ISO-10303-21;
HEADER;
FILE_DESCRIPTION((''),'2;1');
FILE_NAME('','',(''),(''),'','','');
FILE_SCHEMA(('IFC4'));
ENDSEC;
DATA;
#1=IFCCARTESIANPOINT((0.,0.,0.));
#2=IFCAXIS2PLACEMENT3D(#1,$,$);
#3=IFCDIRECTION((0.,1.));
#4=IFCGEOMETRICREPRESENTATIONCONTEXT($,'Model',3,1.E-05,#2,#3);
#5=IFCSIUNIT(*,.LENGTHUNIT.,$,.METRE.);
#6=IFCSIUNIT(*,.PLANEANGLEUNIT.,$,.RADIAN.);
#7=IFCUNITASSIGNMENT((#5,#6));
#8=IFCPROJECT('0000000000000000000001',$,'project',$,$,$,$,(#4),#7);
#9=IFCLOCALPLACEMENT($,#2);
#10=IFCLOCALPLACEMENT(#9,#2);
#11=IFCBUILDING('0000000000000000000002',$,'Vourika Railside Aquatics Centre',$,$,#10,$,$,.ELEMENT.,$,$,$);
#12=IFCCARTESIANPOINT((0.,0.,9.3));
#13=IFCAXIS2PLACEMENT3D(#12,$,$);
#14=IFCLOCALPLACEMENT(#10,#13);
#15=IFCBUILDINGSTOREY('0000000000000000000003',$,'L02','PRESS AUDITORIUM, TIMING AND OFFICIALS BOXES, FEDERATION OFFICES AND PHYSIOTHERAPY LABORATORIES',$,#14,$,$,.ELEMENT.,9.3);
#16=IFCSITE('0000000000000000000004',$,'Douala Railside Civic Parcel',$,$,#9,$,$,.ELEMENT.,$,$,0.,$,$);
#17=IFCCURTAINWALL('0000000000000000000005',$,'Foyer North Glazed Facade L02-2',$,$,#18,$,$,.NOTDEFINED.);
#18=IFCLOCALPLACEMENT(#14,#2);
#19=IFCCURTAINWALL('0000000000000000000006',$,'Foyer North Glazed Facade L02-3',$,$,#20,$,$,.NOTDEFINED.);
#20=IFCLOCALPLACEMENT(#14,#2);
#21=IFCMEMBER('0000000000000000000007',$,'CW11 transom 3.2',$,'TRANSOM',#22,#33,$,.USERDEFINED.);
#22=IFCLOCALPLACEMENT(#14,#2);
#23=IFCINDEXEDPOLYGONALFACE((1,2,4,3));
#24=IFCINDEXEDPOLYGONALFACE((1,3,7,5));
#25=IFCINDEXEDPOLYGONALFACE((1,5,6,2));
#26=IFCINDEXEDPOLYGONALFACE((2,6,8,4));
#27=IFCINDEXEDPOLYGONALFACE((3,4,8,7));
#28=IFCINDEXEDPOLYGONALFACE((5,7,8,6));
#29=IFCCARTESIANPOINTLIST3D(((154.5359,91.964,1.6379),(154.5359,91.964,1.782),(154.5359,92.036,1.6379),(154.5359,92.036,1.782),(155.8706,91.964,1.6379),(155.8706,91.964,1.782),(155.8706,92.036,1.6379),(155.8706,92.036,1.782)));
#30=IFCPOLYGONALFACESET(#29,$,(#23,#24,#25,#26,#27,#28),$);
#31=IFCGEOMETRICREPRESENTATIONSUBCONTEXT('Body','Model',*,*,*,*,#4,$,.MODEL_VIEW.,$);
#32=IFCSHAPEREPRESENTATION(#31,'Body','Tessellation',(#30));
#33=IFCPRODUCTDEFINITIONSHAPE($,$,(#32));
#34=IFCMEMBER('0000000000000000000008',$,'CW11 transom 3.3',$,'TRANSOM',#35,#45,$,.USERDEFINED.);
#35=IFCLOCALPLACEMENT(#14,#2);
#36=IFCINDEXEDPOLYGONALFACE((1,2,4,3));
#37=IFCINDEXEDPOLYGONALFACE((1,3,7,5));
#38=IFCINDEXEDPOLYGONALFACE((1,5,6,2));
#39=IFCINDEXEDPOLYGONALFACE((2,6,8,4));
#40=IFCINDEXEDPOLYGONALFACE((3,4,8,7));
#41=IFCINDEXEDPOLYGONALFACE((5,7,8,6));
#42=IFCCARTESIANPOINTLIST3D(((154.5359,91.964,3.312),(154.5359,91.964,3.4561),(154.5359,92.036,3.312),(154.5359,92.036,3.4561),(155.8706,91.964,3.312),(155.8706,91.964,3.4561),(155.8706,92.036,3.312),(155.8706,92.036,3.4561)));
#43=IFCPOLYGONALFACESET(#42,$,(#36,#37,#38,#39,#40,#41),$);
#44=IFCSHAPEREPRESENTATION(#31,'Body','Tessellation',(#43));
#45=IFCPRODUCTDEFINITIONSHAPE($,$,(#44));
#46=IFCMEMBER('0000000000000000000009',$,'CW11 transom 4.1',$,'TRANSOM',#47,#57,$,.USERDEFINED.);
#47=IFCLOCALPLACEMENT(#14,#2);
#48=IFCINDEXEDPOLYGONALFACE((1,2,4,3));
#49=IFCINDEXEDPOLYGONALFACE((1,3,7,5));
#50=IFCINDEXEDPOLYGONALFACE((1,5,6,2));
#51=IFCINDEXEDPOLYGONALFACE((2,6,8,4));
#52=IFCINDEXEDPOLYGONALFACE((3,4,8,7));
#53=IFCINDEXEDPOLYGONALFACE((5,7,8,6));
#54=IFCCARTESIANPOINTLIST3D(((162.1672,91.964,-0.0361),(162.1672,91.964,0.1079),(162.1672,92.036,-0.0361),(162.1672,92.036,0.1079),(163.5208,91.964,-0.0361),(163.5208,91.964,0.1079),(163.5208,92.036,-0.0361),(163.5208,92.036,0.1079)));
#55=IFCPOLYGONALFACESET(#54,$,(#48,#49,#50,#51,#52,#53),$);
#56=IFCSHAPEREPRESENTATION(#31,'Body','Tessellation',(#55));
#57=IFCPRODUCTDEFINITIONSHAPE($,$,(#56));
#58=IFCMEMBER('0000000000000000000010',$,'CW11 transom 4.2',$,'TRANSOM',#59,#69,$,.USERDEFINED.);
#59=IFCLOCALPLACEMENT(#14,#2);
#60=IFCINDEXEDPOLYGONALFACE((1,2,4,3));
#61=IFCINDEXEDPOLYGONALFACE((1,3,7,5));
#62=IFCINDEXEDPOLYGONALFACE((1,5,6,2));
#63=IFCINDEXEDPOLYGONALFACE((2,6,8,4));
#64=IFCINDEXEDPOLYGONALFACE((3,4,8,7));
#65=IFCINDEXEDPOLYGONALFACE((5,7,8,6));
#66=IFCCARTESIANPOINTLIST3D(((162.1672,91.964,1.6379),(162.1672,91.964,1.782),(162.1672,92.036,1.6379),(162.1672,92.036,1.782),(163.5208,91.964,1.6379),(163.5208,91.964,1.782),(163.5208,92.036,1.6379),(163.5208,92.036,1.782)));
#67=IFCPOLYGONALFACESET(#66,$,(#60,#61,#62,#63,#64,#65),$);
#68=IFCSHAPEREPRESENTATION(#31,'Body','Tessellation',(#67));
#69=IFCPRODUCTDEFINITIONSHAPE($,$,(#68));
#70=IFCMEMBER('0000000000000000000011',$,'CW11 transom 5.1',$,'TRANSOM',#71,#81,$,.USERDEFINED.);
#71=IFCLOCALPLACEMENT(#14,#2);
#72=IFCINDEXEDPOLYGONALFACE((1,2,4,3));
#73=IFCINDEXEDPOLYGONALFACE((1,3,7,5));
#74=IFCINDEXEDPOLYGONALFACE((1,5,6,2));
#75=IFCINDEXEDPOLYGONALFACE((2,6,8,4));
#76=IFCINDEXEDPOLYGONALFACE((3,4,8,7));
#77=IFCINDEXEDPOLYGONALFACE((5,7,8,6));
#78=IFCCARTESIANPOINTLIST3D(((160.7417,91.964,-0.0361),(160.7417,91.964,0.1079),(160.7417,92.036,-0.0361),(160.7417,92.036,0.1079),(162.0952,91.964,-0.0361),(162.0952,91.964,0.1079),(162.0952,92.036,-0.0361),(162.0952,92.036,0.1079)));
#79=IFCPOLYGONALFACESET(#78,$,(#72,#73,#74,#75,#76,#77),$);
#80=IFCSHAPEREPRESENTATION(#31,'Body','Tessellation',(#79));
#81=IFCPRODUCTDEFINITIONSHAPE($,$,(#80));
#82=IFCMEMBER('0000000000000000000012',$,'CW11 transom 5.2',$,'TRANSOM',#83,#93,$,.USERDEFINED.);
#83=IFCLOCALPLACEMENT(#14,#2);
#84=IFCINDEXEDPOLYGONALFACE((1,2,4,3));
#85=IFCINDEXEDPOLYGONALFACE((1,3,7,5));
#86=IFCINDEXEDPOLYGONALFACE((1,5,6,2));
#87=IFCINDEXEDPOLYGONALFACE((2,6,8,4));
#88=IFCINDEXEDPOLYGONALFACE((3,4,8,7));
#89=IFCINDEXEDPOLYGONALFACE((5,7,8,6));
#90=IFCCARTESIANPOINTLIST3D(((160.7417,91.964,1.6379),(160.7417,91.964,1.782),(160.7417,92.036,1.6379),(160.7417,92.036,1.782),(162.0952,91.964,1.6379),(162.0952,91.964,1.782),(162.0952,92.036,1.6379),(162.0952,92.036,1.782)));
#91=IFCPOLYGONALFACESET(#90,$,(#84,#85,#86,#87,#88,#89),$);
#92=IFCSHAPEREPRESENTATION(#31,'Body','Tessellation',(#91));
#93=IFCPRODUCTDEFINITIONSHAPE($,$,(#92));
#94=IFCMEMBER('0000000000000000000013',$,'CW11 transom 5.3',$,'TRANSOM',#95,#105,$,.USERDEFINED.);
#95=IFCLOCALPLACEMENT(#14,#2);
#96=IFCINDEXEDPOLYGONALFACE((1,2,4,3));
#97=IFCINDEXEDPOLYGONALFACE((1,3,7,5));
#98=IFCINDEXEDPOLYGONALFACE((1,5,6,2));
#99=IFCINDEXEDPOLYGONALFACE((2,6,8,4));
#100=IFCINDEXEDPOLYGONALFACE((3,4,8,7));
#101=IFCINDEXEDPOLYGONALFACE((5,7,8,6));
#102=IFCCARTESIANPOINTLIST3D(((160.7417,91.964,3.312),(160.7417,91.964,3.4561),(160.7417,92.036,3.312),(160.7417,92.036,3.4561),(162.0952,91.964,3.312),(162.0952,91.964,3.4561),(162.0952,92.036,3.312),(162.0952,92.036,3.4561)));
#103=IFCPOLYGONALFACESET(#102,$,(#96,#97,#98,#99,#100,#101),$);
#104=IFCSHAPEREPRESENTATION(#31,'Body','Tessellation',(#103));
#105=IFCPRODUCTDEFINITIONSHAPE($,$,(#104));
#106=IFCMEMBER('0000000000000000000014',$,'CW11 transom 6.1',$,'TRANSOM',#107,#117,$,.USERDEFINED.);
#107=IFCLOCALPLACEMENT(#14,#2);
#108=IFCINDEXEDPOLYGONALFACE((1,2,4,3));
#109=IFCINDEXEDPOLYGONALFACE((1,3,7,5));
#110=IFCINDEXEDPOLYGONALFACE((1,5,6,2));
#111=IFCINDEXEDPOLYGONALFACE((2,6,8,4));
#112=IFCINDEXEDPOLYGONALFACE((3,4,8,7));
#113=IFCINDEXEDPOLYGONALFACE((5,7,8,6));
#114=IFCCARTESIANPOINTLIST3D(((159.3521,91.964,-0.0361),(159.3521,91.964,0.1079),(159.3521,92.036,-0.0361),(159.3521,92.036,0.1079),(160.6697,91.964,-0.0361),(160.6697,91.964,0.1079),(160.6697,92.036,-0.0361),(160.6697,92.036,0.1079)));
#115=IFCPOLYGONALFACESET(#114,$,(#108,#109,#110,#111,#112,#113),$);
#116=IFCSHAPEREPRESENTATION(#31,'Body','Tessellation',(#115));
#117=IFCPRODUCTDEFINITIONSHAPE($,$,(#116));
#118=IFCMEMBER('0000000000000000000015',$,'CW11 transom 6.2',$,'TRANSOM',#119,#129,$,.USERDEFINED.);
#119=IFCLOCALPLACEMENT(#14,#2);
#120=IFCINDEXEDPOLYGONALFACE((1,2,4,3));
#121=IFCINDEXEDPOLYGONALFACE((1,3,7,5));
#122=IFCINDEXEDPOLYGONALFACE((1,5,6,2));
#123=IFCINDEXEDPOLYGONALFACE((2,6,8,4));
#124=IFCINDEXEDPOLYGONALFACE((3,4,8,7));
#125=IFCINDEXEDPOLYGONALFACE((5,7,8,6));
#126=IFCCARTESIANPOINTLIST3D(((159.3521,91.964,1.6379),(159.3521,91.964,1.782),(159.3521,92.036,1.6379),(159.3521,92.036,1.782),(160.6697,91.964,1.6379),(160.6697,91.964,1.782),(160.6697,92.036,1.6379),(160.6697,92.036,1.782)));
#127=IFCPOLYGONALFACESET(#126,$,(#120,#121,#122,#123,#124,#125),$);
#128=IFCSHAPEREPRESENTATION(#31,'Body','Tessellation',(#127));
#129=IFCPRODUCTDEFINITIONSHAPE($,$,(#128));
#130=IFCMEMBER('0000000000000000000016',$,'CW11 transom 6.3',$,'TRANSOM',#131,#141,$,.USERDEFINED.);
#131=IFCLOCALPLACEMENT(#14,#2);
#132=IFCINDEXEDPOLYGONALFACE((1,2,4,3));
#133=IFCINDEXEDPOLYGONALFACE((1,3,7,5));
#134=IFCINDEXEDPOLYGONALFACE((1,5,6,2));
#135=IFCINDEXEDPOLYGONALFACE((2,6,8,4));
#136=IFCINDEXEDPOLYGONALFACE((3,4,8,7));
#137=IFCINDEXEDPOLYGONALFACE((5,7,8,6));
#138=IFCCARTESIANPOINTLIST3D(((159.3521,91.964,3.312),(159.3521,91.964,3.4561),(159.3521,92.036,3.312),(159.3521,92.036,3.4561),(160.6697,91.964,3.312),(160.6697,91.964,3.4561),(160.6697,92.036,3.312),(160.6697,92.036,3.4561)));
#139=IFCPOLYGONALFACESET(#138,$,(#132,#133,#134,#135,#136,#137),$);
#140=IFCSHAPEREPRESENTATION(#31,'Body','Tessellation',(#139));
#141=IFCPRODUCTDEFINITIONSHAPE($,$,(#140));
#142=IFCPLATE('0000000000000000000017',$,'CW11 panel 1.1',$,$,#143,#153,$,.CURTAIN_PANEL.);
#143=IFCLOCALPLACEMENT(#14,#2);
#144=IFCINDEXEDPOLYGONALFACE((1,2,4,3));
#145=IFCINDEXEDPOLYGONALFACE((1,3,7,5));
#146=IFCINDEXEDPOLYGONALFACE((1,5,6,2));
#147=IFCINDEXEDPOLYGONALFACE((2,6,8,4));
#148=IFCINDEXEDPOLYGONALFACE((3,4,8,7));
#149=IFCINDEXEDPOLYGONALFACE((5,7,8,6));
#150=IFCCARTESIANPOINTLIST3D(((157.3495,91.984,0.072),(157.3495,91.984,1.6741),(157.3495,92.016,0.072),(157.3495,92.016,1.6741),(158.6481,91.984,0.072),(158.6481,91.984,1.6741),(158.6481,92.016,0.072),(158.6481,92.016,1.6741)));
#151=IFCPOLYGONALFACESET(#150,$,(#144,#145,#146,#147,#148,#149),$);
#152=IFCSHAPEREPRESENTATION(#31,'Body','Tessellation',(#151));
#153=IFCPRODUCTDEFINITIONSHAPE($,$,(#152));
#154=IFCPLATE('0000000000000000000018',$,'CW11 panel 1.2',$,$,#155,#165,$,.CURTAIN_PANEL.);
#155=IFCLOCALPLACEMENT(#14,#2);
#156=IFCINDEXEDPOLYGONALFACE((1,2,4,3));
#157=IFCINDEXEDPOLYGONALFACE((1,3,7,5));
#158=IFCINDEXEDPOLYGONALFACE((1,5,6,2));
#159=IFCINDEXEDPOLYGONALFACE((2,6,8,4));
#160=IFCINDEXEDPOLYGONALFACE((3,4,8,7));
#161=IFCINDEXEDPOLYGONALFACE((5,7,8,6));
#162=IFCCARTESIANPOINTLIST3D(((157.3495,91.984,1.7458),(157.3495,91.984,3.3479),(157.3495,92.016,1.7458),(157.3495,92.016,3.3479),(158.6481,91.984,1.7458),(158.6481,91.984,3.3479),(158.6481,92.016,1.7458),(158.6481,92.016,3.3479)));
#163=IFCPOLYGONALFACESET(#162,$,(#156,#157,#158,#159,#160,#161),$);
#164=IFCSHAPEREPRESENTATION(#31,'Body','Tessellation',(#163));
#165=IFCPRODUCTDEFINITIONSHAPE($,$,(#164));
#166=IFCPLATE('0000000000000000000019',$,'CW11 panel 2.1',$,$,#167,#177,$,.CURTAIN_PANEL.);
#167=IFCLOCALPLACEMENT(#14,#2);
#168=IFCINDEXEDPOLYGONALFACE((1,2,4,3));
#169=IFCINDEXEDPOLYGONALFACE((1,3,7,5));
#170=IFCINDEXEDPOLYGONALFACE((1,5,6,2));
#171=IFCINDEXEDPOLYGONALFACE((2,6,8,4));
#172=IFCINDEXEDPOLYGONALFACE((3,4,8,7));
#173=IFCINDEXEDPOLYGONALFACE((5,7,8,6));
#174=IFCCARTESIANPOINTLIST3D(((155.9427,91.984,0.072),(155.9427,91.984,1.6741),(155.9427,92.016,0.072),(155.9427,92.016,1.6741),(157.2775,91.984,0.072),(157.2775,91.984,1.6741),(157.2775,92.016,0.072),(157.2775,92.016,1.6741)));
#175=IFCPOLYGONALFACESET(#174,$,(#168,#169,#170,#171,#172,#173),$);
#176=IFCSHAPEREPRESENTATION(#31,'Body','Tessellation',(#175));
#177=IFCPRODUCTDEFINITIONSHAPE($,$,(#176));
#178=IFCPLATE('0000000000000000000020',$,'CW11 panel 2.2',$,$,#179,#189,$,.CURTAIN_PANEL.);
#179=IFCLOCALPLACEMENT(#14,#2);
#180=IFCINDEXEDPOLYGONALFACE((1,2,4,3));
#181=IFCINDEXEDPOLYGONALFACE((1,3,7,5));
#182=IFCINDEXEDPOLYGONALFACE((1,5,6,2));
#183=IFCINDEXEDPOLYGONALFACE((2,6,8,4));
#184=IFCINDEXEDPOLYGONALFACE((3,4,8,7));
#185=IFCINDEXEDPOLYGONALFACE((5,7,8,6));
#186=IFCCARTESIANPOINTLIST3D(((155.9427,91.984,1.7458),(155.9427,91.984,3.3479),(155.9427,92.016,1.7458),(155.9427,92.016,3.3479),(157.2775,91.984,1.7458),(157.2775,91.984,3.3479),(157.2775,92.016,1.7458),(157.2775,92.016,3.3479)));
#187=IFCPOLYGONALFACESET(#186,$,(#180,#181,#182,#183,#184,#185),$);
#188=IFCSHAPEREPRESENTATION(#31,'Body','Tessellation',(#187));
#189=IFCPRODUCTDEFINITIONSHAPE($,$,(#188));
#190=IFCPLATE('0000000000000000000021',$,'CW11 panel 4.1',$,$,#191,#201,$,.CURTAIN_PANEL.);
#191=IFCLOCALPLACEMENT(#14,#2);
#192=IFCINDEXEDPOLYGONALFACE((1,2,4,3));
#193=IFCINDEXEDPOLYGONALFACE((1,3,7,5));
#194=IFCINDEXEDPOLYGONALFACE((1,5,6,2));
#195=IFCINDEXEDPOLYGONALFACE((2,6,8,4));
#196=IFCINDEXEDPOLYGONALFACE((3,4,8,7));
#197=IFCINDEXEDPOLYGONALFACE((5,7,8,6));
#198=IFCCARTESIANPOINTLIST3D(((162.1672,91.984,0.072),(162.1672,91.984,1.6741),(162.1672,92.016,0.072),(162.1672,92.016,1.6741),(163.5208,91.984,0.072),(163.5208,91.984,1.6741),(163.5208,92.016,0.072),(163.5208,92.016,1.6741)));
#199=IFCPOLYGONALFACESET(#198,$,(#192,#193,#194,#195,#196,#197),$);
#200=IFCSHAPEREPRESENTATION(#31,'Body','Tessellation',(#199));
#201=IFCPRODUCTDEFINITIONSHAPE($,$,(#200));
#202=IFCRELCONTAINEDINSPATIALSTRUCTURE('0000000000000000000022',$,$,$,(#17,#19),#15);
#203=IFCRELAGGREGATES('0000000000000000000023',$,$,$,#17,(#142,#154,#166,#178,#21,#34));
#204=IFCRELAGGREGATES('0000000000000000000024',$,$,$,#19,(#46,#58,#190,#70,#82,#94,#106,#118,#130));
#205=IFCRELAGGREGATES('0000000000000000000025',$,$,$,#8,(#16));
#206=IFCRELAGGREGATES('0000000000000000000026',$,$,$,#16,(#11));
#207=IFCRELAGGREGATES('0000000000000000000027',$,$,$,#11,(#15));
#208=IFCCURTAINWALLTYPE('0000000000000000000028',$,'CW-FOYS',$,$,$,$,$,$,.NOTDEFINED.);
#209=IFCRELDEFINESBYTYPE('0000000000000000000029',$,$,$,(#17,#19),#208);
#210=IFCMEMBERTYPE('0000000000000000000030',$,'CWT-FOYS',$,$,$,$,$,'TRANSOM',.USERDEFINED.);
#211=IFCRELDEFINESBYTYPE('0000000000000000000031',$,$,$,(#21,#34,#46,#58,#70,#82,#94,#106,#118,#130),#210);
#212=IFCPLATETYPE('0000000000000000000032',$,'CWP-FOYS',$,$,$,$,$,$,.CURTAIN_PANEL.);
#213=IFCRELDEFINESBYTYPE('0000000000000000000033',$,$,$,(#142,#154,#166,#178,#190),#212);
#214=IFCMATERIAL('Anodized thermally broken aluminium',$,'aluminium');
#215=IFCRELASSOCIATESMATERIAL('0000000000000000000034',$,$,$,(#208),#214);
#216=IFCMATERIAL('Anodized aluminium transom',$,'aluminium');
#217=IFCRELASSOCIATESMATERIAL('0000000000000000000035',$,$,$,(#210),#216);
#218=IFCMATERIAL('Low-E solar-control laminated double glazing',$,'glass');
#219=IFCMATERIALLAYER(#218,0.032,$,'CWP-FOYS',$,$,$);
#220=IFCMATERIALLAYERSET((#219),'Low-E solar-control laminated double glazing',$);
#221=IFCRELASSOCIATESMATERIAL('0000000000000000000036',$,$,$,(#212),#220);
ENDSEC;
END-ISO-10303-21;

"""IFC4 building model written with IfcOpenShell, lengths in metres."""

from ifc_helpers import new_model, si_unit, direction, frame, origin, origin_2d, place, context, subcontext, project, spatial, rectangle, extrude, material, layer, layer_set, material_profile, profile_set, type_object, element, aggregate, save


model = new_model("IFC4")

# Units and contexts
model_context = context("Model", 3, precision=1e-05, world=origin(), true_north=direction((0.0, 1.0)))
body_context = subcontext(model_context, "Body", "Model", "MODEL_VIEW")
ifc_project = project(units=[si_unit("LENGTHUNIT", "METRE"), si_unit("PLANEANGLEUNIT", "RADIAN")], contexts=[model_context])

# Site, building, storey
site_placement = place(None, origin())
site = spatial("IfcSite", under=ifc_project, at=site_placement, Name="Douala Railside Civic Parcel", CompositionType="ELEMENT", RefElevation=0.0)
building_placement = place(site_placement, origin())
building = spatial("IfcBuilding", under=site, at=building_placement, Name="Vourika Railside Aquatics Centre", CompositionType="ELEMENT")
storey_placement = place(building_placement, frame((0.0, 0.0, 9.3)))
storey = spatial("IfcBuildingStorey", under=building, at=storey_placement, Name="L02", Description="PRESS AUDITORIUM, TIMING AND OFFICIALS BOXES, FEDERATION OFFICES AND PHYSIOTHERAPY LABORATORIES", CompositionType="ELEMENT", Elevation=9.3)

# Curtain walls
ifc_material_1 = material(Name="Anodized thermally broken aluminium", Category="aluminium")
curtain_wall_type = type_object("IfcCurtainWallType", Name="CW-FOYS", PredefinedType="NOTDEFINED", material=ifc_material_1)
curtain_wall_1_placement = place(storey_placement, origin())
curtain_wall_1 = element("IfcCurtainWall", 1, at=curtain_wall_1_placement, inside=storey, type_object=curtain_wall_type, Name="Foyer North Glazed Facade L02-2", PredefinedType="NOTDEFINED")
curtain_wall_2_placement = place(storey_placement, origin())
curtain_wall_2 = element("IfcCurtainWall", 2, at=curtain_wall_2_placement, inside=storey, type_object=curtain_wall_type, Name="Foyer North Glazed Facade L02-3", PredefinedType="NOTDEFINED")

# Members
ifc_material_2 = material(Name="Anodized aluminium transom", Category="aluminium")
ifc_material_profile_1 = material_profile(ifc_material_2, rectangle(XDim=0.072, YDim=0.144, at=origin_2d()), Name="ALU-T 72x144")
ifc_profile_set_1 = profile_set([ifc_material_profile_1], Name="Anodized aluminium transom")
member_type_1 = type_object("IfcMemberType", Name="CWT-FOYS", ElementType="TRANSOM", PredefinedType="USERDEFINED", material=ifc_profile_set_1)
member_1_placement = place(storey_placement, frame((155.8706, 92.0, 1.71), z_axis=(-1.0, 0.0, 0.0), x_axis=(0.0, -1.0, 0.0)))
member_1 = element("IfcMember", 3, at=member_1_placement, type_object=member_type_1, Name="CW11 transom 3.2", ObjectType="TRANSOM", PredefinedType="USERDEFINED", context=body_context, shape_type="SweptSolid", body=[
    extrude(rectangle(XDim=0.072, YDim=0.144, at=origin_2d()), origin(), (0.0, 0.0, 1.0), 1.3347),
])
member_2_placement = place(storey_placement, frame((155.8706, 92.0, 3.384), z_axis=(-1.0, 0.0, 0.0), x_axis=(0.0, -1.0, 0.0)))
member_2 = element("IfcMember", 4, at=member_2_placement, type_object=member_type_1, Name="CW11 transom 3.3", ObjectType="TRANSOM", PredefinedType="USERDEFINED", context=body_context, shape_type="SweptSolid", body=[
    extrude(rectangle(XDim=0.072, YDim=0.144, at=origin_2d()), origin(), (0.0, 0.0, 1.0), 1.3347),
])
member_3_placement = place(storey_placement, frame((163.5208, 92.0, 0.0359), z_axis=(-1.0, 0.0, 0.0), x_axis=(0.0, -1.0, 0.0)))
member_3 = element("IfcMember", 5, at=member_3_placement, type_object=member_type_1, Name="CW11 transom 4.1", ObjectType="TRANSOM", PredefinedType="USERDEFINED", context=body_context, shape_type="SweptSolid", body=[
    extrude(rectangle(XDim=0.072, YDim=0.144, at=origin_2d()), origin(), (0.0, 0.0, 1.0), 1.3535),
])
member_4_placement = place(storey_placement, frame((163.5208, 92.0, 1.71), z_axis=(-1.0, 0.0, 0.0), x_axis=(0.0, -1.0, 0.0)))
member_4 = element("IfcMember", 6, at=member_4_placement, type_object=member_type_1, Name="CW11 transom 4.2", ObjectType="TRANSOM", PredefinedType="USERDEFINED", context=body_context, shape_type="SweptSolid", body=[
    extrude(rectangle(XDim=0.072, YDim=0.144, at=origin_2d()), origin(), (0.0, 0.0, 1.0), 1.3535),
])
member_5_placement = place(storey_placement, frame((162.0952, 92.0, 0.0359), z_axis=(-1.0, 0.0, 0.0), x_axis=(0.0, -1.0, 0.0)))
member_5 = element("IfcMember", 7, at=member_5_placement, type_object=member_type_1, Name="CW11 transom 5.1", ObjectType="TRANSOM", PredefinedType="USERDEFINED", context=body_context, shape_type="SweptSolid", body=[
    extrude(rectangle(XDim=0.072, YDim=0.144, at=origin_2d()), origin(), (0.0, 0.0, 1.0), 1.3535),
])
member_6_placement = place(storey_placement, frame((162.0952, 92.0, 1.71), z_axis=(-1.0, 0.0, 0.0), x_axis=(0.0, -1.0, 0.0)))
member_6 = element("IfcMember", 8, at=member_6_placement, type_object=member_type_1, Name="CW11 transom 5.2", ObjectType="TRANSOM", PredefinedType="USERDEFINED", context=body_context, shape_type="SweptSolid", body=[
    extrude(rectangle(XDim=0.072, YDim=0.144, at=origin_2d()), origin(), (0.0, 0.0, 1.0), 1.3535),
])
member_7_placement = place(storey_placement, frame((162.0952, 92.0, 3.384), z_axis=(-1.0, 0.0, 0.0), x_axis=(0.0, -1.0, 0.0)))
member_7 = element("IfcMember", 9, at=member_7_placement, type_object=member_type_1, Name="CW11 transom 5.3", ObjectType="TRANSOM", PredefinedType="USERDEFINED", context=body_context, shape_type="SweptSolid", body=[
    extrude(rectangle(XDim=0.072, YDim=0.144, at=origin_2d()), origin(), (0.0, 0.0, 1.0), 1.3535),
])
member_8_placement = place(storey_placement, frame((160.6697, 92.0, 0.0359), z_axis=(-1.0, 0.0, 0.0), x_axis=(0.0, -1.0, 0.0)))
member_8 = element("IfcMember", 10, at=member_8_placement, type_object=member_type_1, Name="CW11 transom 6.1", ObjectType="TRANSOM", PredefinedType="USERDEFINED", context=body_context, shape_type="SweptSolid", body=[
    extrude(rectangle(XDim=0.072, YDim=0.144, at=origin_2d()), origin(), (0.0, 0.0, 1.0), 1.3176),
])
member_9_placement = place(storey_placement, frame((160.6697, 92.0, 1.71), z_axis=(-1.0, 0.0, 0.0), x_axis=(0.0, -1.0, 0.0)))
member_9 = element("IfcMember", 11, at=member_9_placement, type_object=member_type_1, Name="CW11 transom 6.2", ObjectType="TRANSOM", PredefinedType="USERDEFINED", context=body_context, shape_type="SweptSolid", body=[
    extrude(rectangle(XDim=0.072, YDim=0.144, at=origin_2d()), origin(), (0.0, 0.0, 1.0), 1.3176),
])
member_10_placement = place(storey_placement, frame((160.6697, 92.0, 3.384), z_axis=(-1.0, 0.0, 0.0), x_axis=(0.0, -1.0, 0.0)))
member_10 = element("IfcMember", 12, at=member_10_placement, type_object=member_type_1, Name="CW11 transom 6.3", ObjectType="TRANSOM", PredefinedType="USERDEFINED", context=body_context, shape_type="SweptSolid", body=[
    extrude(rectangle(XDim=0.072, YDim=0.144, at=origin_2d()), origin(), (0.0, 0.0, 1.0), 1.3176),
])

# Plates
ifc_material_3 = material(Name="Low-E solar-control laminated double glazing", Category="glass")
ifc_layer = layer(ifc_material_3, 0.032, Name="CWP-FOYS")
ifc_layer_set = layer_set([ifc_layer], Name="Low-E solar-control laminated double glazing")
plate_type = type_object("IfcPlateType", Name="CWP-FOYS", PredefinedType="CURTAIN_PANEL", material=ifc_layer_set)
plate_1_placement = place(storey_placement, frame((157.9988, 92.0, 0.072), z_axis=(0.0, 0.0, 1.0), x_axis=(-1.0, 0.0, 0.0)))
plate_1 = element("IfcPlate", 13, at=plate_1_placement, type_object=plate_type, Name="CW11 panel 1.1", PredefinedType="CURTAIN_PANEL", context=body_context, shape_type="SweptSolid", body=[
    extrude(rectangle(XDim=1.2986, YDim=0.032, at=origin_2d()), origin(), (0.0, 0.0, 1.0), 1.6021),
])
plate_2_placement = place(storey_placement, frame((157.9988, 92.0, 1.7458), z_axis=(0.0, 0.0, 1.0), x_axis=(-1.0, 0.0, 0.0)))
plate_2 = element("IfcPlate", 14, at=plate_2_placement, type_object=plate_type, Name="CW11 panel 1.2", PredefinedType="CURTAIN_PANEL", context=body_context, shape_type="SweptSolid", body=[
    extrude(rectangle(XDim=1.2986, YDim=0.032, at=origin_2d()), origin(), (0.0, 0.0, 1.0), 1.6021),
])
plate_3_placement = place(storey_placement, frame((156.6101, 92.0, 0.072), z_axis=(0.0, 0.0, 1.0), x_axis=(-1.0, 0.0, 0.0)))
plate_3 = element("IfcPlate", 15, at=plate_3_placement, type_object=plate_type, Name="CW11 panel 2.1", PredefinedType="CURTAIN_PANEL", context=body_context, shape_type="SweptSolid", body=[
    extrude(rectangle(XDim=1.3347, YDim=0.032, at=origin_2d()), origin(), (0.0, 0.0, 1.0), 1.6021),
])
plate_4_placement = place(storey_placement, frame((156.6101, 92.0, 1.7458), z_axis=(0.0, 0.0, 1.0), x_axis=(-1.0, 0.0, 0.0)))
plate_4 = element("IfcPlate", 16, at=plate_4_placement, type_object=plate_type, Name="CW11 panel 2.2", PredefinedType="CURTAIN_PANEL", context=body_context, shape_type="SweptSolid", body=[
    extrude(rectangle(XDim=1.3347, YDim=0.032, at=origin_2d()), origin(), (0.0, 0.0, 1.0), 1.6021),
])
aggregate(curtain_wall_1, [plate_1, plate_2, plate_3, plate_4, member_1, member_2])
plate_5_placement = place(storey_placement, frame((162.844, 92.0, 0.072), z_axis=(0.0, 0.0, 1.0), x_axis=(-1.0, 0.0, 0.0)))
plate_5 = element("IfcPlate", 17, at=plate_5_placement, type_object=plate_type, Name="CW11 panel 4.1", PredefinedType="CURTAIN_PANEL", context=body_context, shape_type="SweptSolid", body=[
    extrude(rectangle(XDim=1.3535, YDim=0.032, at=origin_2d()), origin(), (0.0, 0.0, 1.0), 1.6021),
])
aggregate(curtain_wall_2, [member_3, member_4, plate_5, member_5, member_6, member_7, member_8, member_9, member_10])

save(model, "model.ifc")
